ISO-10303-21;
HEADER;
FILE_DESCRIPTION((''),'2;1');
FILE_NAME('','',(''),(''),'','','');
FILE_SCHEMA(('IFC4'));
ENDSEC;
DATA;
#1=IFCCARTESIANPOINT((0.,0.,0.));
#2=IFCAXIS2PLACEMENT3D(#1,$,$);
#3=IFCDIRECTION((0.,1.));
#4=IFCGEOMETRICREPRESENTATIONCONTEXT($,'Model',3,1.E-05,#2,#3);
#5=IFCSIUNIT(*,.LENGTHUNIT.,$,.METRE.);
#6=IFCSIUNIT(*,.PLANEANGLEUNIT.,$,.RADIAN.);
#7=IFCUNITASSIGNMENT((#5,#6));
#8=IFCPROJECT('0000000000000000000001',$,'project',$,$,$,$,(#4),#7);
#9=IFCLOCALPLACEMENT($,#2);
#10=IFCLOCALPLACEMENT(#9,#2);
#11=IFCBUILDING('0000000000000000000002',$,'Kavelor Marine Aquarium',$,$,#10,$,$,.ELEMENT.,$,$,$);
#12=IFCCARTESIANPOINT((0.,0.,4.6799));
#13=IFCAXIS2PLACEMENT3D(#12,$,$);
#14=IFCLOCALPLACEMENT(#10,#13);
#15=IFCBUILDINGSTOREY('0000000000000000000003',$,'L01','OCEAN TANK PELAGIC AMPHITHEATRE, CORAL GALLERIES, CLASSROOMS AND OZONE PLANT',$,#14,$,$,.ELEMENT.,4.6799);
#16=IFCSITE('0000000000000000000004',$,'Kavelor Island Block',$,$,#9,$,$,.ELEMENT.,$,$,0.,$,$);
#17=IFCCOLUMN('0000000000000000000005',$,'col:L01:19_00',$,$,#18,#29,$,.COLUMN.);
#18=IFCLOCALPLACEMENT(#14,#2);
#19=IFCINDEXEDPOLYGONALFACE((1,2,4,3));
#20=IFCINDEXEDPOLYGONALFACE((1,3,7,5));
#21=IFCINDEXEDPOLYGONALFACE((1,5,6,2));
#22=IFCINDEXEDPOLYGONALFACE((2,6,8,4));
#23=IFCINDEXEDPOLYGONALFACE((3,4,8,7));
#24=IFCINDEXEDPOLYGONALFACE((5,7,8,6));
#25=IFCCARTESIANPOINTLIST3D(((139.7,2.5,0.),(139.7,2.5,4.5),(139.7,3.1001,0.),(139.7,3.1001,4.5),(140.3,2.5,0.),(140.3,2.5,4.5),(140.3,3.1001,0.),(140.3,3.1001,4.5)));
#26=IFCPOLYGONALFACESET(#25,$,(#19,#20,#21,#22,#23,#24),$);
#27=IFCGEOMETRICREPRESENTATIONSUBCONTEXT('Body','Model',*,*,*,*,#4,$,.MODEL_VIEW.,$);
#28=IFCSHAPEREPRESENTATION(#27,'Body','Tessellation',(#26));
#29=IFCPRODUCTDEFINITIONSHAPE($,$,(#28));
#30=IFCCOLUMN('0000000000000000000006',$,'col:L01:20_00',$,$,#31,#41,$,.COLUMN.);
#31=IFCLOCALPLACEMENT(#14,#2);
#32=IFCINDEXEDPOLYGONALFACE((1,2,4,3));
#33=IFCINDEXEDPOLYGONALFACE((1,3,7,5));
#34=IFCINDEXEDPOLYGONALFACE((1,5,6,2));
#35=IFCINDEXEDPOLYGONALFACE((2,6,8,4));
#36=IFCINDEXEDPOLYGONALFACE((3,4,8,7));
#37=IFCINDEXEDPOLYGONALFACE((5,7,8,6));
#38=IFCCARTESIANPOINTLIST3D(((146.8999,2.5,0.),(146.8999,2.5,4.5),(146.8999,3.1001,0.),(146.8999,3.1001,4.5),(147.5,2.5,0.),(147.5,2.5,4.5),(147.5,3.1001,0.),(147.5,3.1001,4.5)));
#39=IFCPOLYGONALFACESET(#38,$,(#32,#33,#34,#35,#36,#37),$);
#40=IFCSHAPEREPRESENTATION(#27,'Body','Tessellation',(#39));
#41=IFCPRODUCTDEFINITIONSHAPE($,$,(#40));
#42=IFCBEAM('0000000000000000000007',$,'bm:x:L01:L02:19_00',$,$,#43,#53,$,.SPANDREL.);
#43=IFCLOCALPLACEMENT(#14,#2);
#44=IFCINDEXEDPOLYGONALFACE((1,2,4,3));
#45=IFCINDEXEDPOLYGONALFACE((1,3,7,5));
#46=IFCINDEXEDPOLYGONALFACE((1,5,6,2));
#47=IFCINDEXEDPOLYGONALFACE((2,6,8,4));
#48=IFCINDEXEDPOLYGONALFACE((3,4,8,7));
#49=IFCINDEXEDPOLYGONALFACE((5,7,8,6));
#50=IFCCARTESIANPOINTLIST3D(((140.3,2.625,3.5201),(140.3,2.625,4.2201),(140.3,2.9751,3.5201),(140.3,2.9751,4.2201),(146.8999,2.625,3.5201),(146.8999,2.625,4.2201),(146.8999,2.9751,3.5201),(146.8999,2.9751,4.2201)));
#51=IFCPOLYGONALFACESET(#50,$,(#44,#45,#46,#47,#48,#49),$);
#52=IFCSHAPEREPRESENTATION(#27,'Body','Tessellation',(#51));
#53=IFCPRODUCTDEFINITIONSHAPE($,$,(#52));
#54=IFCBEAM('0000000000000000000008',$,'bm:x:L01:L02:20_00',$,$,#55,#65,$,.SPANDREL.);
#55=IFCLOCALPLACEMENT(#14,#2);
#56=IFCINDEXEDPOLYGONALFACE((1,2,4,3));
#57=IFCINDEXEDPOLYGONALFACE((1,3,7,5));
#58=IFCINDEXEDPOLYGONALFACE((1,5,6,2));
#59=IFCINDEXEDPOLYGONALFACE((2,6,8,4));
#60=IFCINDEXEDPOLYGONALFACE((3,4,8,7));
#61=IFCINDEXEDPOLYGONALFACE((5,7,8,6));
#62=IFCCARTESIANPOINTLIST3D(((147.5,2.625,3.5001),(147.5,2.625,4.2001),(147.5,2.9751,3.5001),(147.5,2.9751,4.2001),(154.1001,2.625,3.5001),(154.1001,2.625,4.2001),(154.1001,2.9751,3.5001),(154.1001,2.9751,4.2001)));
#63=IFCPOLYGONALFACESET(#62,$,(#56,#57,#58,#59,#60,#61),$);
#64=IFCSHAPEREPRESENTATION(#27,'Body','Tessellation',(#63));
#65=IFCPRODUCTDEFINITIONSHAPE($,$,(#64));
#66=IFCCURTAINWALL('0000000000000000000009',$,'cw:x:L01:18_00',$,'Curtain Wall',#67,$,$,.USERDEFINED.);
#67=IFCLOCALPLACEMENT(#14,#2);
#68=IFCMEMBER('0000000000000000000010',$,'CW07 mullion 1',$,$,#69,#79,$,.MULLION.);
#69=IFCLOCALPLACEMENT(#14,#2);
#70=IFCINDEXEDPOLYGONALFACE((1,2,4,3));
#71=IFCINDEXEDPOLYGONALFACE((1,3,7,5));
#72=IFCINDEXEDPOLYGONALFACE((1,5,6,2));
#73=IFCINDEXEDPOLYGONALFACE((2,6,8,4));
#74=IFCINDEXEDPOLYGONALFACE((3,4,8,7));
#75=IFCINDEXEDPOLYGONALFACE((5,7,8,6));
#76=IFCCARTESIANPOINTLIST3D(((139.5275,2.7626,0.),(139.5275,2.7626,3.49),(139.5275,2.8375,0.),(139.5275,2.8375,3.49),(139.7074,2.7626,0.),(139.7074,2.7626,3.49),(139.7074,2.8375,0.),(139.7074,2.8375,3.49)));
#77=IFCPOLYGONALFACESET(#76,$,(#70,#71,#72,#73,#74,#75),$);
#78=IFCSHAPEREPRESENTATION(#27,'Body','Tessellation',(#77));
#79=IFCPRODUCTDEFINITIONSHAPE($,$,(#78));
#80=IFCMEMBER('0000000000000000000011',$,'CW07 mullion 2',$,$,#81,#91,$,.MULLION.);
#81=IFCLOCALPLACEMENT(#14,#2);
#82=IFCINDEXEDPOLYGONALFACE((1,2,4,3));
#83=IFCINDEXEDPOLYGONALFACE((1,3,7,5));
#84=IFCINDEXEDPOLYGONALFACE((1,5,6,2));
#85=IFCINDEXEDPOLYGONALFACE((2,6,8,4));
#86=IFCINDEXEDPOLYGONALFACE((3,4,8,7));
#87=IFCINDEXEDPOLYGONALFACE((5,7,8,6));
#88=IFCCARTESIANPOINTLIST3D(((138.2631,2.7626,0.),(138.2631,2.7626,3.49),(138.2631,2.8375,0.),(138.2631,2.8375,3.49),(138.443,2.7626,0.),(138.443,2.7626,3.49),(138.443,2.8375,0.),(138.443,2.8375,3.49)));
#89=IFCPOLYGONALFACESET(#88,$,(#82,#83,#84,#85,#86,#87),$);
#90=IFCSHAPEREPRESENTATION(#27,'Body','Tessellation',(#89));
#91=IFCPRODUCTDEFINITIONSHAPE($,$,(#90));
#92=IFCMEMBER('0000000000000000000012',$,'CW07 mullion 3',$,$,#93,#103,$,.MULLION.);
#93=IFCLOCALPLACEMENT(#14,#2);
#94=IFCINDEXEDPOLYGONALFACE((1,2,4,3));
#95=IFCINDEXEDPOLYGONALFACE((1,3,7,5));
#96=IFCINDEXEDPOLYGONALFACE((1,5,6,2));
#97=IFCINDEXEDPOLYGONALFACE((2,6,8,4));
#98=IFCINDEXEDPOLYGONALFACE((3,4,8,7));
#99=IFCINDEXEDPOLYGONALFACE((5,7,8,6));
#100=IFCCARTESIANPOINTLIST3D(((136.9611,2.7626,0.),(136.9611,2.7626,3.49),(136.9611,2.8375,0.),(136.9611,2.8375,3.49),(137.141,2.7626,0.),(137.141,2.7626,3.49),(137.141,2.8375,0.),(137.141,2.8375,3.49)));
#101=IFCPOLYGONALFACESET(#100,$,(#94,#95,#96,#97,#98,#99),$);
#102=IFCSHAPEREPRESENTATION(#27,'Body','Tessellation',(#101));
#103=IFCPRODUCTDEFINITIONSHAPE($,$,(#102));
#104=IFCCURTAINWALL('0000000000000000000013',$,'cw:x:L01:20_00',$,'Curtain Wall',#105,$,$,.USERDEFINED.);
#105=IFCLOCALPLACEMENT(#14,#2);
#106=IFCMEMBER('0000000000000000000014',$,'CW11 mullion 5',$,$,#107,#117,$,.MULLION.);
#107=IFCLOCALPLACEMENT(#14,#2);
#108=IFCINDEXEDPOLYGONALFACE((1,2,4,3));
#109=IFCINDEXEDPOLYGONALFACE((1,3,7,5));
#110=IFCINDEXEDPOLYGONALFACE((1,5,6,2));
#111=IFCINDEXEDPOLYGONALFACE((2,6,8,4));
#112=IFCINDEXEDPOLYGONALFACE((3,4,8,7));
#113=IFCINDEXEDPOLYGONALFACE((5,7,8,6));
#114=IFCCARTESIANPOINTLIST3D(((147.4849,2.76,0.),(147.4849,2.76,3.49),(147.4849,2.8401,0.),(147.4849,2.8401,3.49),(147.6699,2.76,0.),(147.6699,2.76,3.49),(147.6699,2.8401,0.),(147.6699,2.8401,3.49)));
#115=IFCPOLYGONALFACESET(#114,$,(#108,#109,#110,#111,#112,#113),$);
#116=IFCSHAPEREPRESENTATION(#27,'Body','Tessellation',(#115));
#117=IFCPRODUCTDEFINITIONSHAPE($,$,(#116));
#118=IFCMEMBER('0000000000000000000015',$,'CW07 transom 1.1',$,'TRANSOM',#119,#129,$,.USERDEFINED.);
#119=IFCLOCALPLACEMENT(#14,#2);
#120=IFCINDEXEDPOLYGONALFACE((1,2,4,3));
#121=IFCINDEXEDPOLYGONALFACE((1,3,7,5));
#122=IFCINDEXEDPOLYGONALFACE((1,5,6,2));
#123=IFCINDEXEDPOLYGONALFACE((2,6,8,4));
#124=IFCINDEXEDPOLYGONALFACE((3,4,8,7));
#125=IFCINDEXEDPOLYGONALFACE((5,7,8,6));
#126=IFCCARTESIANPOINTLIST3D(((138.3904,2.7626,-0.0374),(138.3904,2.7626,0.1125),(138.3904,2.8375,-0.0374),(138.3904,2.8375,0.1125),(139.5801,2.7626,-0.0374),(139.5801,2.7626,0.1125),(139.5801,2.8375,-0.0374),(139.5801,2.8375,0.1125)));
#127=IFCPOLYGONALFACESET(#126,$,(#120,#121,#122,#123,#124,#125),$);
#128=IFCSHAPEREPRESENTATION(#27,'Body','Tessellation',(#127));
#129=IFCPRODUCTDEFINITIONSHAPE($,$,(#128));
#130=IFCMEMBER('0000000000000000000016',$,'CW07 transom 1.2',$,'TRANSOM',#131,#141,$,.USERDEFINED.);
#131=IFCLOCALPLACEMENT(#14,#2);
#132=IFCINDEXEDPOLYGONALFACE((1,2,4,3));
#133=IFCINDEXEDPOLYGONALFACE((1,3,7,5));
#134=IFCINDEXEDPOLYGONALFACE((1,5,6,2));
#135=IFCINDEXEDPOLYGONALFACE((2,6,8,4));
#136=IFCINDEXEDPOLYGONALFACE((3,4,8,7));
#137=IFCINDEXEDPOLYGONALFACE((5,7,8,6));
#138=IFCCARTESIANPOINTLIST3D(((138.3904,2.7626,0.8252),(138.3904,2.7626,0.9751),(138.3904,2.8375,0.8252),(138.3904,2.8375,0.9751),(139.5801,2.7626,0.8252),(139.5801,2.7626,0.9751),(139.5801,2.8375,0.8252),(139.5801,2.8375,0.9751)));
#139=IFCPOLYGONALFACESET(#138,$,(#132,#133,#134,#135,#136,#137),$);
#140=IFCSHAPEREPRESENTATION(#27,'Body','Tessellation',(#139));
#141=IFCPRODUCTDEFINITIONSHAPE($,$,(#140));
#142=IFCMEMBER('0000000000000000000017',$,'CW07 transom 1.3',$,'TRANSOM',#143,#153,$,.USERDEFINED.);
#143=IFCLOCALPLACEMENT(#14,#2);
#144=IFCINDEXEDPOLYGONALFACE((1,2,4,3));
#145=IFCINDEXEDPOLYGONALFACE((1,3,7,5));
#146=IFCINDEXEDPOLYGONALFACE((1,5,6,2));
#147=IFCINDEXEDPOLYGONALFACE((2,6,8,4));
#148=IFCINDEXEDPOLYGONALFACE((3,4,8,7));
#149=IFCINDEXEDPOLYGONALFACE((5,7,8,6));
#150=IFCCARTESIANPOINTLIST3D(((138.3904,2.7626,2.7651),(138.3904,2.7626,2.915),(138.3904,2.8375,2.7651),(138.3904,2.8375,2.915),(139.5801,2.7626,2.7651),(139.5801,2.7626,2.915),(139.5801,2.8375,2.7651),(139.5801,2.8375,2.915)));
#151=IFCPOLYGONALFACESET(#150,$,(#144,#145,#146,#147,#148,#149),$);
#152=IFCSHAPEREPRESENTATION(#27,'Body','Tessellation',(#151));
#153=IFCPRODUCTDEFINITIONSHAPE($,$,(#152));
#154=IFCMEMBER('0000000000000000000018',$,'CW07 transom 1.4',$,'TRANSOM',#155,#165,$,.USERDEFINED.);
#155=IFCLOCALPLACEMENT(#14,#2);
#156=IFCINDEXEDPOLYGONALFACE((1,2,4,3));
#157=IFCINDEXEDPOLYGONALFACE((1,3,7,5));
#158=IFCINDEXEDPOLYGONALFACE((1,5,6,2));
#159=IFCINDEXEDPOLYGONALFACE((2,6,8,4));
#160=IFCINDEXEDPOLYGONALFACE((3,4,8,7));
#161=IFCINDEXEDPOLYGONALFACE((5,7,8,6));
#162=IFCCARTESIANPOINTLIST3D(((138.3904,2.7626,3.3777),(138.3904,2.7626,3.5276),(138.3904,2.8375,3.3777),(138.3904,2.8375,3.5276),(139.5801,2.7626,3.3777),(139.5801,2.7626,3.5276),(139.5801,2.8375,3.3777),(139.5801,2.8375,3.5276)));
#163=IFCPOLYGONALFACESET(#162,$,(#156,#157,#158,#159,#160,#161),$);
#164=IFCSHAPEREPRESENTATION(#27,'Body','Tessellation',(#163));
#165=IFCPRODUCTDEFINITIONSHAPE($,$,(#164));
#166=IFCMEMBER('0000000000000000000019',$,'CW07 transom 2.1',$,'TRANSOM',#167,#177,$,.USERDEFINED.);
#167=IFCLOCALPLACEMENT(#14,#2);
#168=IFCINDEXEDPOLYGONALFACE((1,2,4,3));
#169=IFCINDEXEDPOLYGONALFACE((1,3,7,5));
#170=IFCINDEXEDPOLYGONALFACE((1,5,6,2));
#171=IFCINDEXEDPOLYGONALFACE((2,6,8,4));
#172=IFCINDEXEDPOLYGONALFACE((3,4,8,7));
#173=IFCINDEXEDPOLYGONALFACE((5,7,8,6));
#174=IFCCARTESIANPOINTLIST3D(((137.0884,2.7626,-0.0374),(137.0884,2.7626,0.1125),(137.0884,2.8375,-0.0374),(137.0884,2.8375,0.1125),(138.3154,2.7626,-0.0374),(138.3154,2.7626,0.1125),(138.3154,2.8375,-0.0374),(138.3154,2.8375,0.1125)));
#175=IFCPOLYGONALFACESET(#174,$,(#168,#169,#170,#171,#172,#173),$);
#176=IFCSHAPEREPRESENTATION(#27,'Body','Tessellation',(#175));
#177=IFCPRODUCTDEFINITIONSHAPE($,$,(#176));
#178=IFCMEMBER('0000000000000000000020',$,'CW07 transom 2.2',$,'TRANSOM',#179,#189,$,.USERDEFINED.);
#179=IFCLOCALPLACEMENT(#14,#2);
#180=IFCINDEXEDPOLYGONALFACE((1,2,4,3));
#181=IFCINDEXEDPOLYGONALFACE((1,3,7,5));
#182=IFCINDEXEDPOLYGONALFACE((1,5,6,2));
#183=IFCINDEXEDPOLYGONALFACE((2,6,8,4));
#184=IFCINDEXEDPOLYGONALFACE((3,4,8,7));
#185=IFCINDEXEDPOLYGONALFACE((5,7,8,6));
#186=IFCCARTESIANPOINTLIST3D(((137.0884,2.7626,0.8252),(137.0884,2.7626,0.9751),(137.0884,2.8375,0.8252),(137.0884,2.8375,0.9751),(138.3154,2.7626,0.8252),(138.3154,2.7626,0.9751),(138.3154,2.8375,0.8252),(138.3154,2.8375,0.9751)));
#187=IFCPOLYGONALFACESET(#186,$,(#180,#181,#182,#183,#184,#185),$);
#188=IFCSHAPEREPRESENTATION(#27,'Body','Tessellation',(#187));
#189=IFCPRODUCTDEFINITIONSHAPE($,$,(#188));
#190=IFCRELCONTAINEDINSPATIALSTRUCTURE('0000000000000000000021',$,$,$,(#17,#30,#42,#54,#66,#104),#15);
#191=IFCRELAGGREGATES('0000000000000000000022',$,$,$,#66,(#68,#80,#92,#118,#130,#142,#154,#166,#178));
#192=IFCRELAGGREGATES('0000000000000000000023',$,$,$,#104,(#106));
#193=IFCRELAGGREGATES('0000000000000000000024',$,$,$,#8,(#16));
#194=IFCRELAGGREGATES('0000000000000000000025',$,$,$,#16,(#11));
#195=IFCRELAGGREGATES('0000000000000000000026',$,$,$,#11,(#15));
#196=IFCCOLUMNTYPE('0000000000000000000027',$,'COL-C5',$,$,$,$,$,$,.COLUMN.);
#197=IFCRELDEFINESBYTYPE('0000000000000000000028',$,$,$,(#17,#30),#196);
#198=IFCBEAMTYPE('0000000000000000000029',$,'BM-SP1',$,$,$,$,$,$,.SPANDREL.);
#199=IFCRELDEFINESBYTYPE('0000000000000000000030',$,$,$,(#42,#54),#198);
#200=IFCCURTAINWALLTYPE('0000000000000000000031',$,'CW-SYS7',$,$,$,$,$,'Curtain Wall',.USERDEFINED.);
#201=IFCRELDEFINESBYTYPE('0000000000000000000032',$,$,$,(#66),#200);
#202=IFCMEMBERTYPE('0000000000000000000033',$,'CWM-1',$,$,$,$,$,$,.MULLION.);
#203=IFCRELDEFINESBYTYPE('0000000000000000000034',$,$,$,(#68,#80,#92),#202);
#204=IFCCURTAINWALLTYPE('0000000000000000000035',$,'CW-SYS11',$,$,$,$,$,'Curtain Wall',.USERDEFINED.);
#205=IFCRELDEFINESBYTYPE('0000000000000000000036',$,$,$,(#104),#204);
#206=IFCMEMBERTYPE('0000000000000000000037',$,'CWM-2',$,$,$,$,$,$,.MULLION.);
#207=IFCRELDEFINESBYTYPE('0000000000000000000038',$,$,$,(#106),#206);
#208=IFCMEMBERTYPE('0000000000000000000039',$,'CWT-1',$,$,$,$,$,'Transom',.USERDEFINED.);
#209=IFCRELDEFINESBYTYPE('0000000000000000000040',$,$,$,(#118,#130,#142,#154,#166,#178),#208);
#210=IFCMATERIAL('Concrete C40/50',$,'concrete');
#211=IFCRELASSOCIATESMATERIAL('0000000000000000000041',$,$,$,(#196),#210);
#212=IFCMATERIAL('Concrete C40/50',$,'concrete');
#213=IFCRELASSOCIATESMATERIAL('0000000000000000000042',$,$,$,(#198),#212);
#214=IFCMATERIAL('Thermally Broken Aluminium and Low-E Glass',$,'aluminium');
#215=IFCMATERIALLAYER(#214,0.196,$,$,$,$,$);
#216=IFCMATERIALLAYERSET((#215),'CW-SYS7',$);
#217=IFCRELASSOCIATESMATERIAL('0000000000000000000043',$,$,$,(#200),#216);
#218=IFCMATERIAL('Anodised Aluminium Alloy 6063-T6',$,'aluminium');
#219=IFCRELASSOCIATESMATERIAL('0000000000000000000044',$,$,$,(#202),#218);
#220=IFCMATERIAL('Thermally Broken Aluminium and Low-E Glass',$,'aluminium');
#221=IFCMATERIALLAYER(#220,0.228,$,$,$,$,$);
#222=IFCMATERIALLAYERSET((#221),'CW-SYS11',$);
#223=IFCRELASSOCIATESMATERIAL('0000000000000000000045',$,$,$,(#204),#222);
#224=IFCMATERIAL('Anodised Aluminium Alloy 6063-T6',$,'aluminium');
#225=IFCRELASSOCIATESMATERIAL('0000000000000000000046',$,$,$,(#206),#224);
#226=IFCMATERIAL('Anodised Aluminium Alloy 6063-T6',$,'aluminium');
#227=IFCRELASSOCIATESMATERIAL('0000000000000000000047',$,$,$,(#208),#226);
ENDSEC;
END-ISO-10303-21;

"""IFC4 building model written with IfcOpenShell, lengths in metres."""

from ifc_helpers import new_model, si_unit, direction, frame, origin, origin_2d, place, context, subcontext, project, spatial, rectangle, extrude, material, layer, layer_set, material_profile, profile_set, type_object, element, aggregate, save


model = new_model("IFC4")

# Units and contexts
model_context = context("Model", 3, precision=1e-05, world=origin(), true_north=direction((0.0, 1.0)))
body_context = subcontext(model_context, "Body", "Model", "MODEL_VIEW")
ifc_project = project(units=[si_unit("LENGTHUNIT", "METRE"), si_unit("PLANEANGLEUNIT", "RADIAN")], contexts=[model_context])

# Site, building, storey
site_placement = place(None, origin())
site = spatial("IfcSite", under=ifc_project, at=site_placement, Name="Kavelor Island Block", CompositionType="ELEMENT", RefElevation=0.0)
building_placement = place(site_placement, origin())
building = spatial("IfcBuilding", under=site, at=building_placement, Name="Kavelor Marine Aquarium", CompositionType="ELEMENT")
storey_placement = place(building_placement, frame((0.0, 0.0, 4.6799)))
storey = spatial("IfcBuildingStorey", under=building, at=storey_placement, Name="L01", Description="OCEAN TANK PELAGIC AMPHITHEATRE, CORAL GALLERIES, CLASSROOMS AND OZONE PLANT", CompositionType="ELEMENT", Elevation=4.6799)

# Columns
ifc_material_1 = material(Name="Concrete C40/50", Category="concrete")
ifc_material_profile_1 = material_profile(ifc_material_1, rectangle(XDim=0.6001, YDim=0.6001, at=origin_2d()), Name="RC-COL 600x600")
ifc_profile_set_1 = profile_set([ifc_material_profile_1], Name="Concrete C40/50")
column_type = type_object("IfcColumnType", Name="COL-C5", PredefinedType="COLUMN", material=ifc_profile_set_1)
for number, where, z_axis, x_axis, name in (
    (1, (140.0, 2.8, 0.0), (0.0, 0.0, 1.0), (1.0, 0.0, 0.0), "col:L01:19_00"),
    (2, (147.2, 2.8, 0.0), (0.0, 0.0, 1.0), (1.0, 0.0, 0.0), "col:L01:20_00"),
):
    element("IfcColumn", number, at=place(storey_placement, frame(where, z_axis=z_axis, x_axis=x_axis)), inside=storey, type_object=column_type, Name=name, PredefinedType="COLUMN", context=body_context, shape_type="SweptSolid", body=[
        extrude(rectangle(XDim=0.6001, YDim=0.6001, at=origin_2d()), origin(), (0.0, 0.0, 1.0), 4.5),
    ])

# Beams
ifc_material_2 = material(Name="Concrete C40/50", Category="concrete")
ifc_material_profile_2 = material_profile(ifc_material_2, rectangle(XDim=0.3501, YDim=0.7, at=origin_2d()), Name="RC-SP 350x700")
ifc_profile_set_2 = profile_set([ifc_material_profile_2], Name="Concrete C40/50")
beam_type = type_object("IfcBeamType", Name="BM-SP1", PredefinedType="SPANDREL", material=ifc_profile_set_2)
beam_1_placement = place(storey_placement, frame((140.3, 2.8, 3.8701), z_axis=(1.0, 0.0, 0.0), x_axis=(0.0, 1.0, 0.0)))
element("IfcBeam", 3, at=beam_1_placement, inside=storey, type_object=beam_type, Name="bm:x:L01:L02:19_00", PredefinedType="SPANDREL", context=body_context, shape_type="SweptSolid", body=[
    extrude(rectangle(XDim=0.3501, YDim=0.7, at=origin_2d()), origin(), (0.0, 0.0, 1.0), 6.5999),
])
beam_2_placement = place(storey_placement, frame((147.5, 2.8, 3.8501), z_axis=(1.0, 0.0, 0.0), x_axis=(0.0, 1.0, 0.0)))
element("IfcBeam", 4, at=beam_2_placement, inside=storey, type_object=beam_type, Name="bm:x:L01:L02:20_00", PredefinedType="SPANDREL", context=body_context, shape_type="SweptSolid", body=[
    extrude(rectangle(XDim=0.3501, YDim=0.7, at=origin_2d()), origin(), (0.0, 0.0, 1.0), 6.6001),
])

# Curtain wall, members
ifc_material_3 = material(Name="Thermally Broken Aluminium and Low-E Glass", Category="aluminium")
ifc_layer_1 = layer(ifc_material_3, 0.196)
ifc_layer_set_1 = layer_set([ifc_layer_1], Name="CW-SYS7")
curtain_wall_type_1 = type_object("IfcCurtainWallType", Name="CW-SYS7", ElementType="Curtain Wall", PredefinedType="USERDEFINED", material=ifc_layer_set_1)
curtain_wall_1_placement = place(storey_placement, origin())
curtain_wall_1 = element("IfcCurtainWall", 5, at=curtain_wall_1_placement, inside=storey, type_object=curtain_wall_type_1, Name="cw:x:L01:18_00", ObjectType="Curtain Wall", PredefinedType="USERDEFINED")
ifc_material_4 = material(Name="Anodised Aluminium Alloy 6063-T6", Category="aluminium")
ifc_material_profile_3 = material_profile(ifc_material_4, rectangle(XDim=0.075, YDim=0.1799, at=origin_2d()), Name="CW-MUL 75x180")
ifc_profile_set_3 = profile_set([ifc_material_profile_3], Name="Anodised Aluminium Alloy 6063-T6")
member_type_1 = type_object("IfcMemberType", Name="CWM-1", PredefinedType="MULLION", material=ifc_profile_set_3)
member_1_placement = place(storey_placement, frame((139.6174, 2.8, 0.0), z_axis=(0.0, 0.0, 1.0), x_axis=(0.0, -1.0, 0.0)))
member_1 = element("IfcMember", 6, at=member_1_placement, type_object=member_type_1, Name="CW07 mullion 1", PredefinedType="MULLION", context=body_context, shape_type="SweptSolid", body=[
    extrude(rectangle(XDim=0.075, YDim=0.1799, at=origin_2d()), origin(), (0.0, 0.0, 1.0), 3.49),
])
member_2_placement = place(storey_placement, frame((138.353, 2.8, 0.0), z_axis=(0.0, 0.0, 1.0), x_axis=(0.0, -1.0, 0.0)))
member_2 = element("IfcMember", 7, at=member_2_placement, type_object=member_type_1, Name="CW07 mullion 2", PredefinedType="MULLION", context=body_context, shape_type="SweptSolid", body=[
    extrude(rectangle(XDim=0.075, YDim=0.1799, at=origin_2d()), origin(), (0.0, 0.0, 1.0), 3.49),
])
member_3_placement = place(storey_placement, frame((137.051, 2.8, 0.0), z_axis=(0.0, 0.0, 1.0), x_axis=(0.0, -1.0, 0.0)))
member_3 = element("IfcMember", 8, at=member_3_placement, type_object=member_type_1, Name="CW07 mullion 3", PredefinedType="MULLION", context=body_context, shape_type="SweptSolid", body=[
    extrude(rectangle(XDim=0.075, YDim=0.1799, at=origin_2d()), origin(), (0.0, 0.0, 1.0), 3.49),
])

# Curtain wall, member
ifc_material_5 = material(Name="Thermally Broken Aluminium and Low-E Glass", Category="aluminium")
ifc_layer_2 = layer(ifc_material_5, 0.228)
ifc_layer_set_2 = layer_set([ifc_layer_2], Name="CW-SYS11")
curtain_wall_type_2 = type_object("IfcCurtainWallType", Name="CW-SYS11", ElementType="Curtain Wall", PredefinedType="USERDEFINED", material=ifc_layer_set_2)
curtain_wall_2_placement = place(storey_placement, origin())
curtain_wall_2 = element("IfcCurtainWall", 9, at=curtain_wall_2_placement, inside=storey, type_object=curtain_wall_type_2, Name="cw:x:L01:20_00", ObjectType="Curtain Wall", PredefinedType="USERDEFINED")
ifc_material_6 = material(Name="Anodised Aluminium Alloy 6063-T6", Category="aluminium")
ifc_material_profile_4 = material_profile(ifc_material_6, rectangle(XDim=0.0801, YDim=0.1851, at=origin_2d()), Name="CW-MUL 80x185")
ifc_profile_set_4 = profile_set([ifc_material_profile_4], Name="Anodised Aluminium Alloy 6063-T6")
member_type_2 = type_object("IfcMemberType", Name="CWM-2", PredefinedType="MULLION", material=ifc_profile_set_4)
member_4_placement = place(storey_placement, frame((147.5774, 2.8, 0.0), z_axis=(0.0, 0.0, 1.0), x_axis=(0.0, -1.0, 0.0)))
member_4 = element("IfcMember", 10, at=member_4_placement, type_object=member_type_2, Name="CW11 mullion 5", PredefinedType="MULLION", context=body_context, shape_type="SweptSolid", body=[
    extrude(rectangle(XDim=0.0801, YDim=0.1851, at=origin_2d()), origin(), (0.0, 0.0, 1.0), 3.49),
])

# Members
ifc_material_7 = material(Name="Anodised Aluminium Alloy 6063-T6", Category="aluminium")
ifc_material_profile_5 = material_profile(ifc_material_7, rectangle(XDim=0.075, YDim=0.1499, at=origin_2d()), Name="CW-TRN 75x150")
ifc_profile_set_5 = profile_set([ifc_material_profile_5], Name="Anodised Aluminium Alloy 6063-T6")
member_type_3 = type_object("IfcMemberType", Name="CWT-1", ElementType="Transom", PredefinedType="USERDEFINED", material=ifc_profile_set_5)
member_5_placement = place(storey_placement, frame((139.5801, 2.8, 0.0376), z_axis=(-1.0, 0.0, 0.0), x_axis=(0.0, -1.0, 0.0)))
member_5 = element("IfcMember", 11, at=member_5_placement, type_object=member_type_3, Name="CW07 transom 1.1", ObjectType="TRANSOM", PredefinedType="USERDEFINED", context=body_context, shape_type="SweptSolid", body=[
    extrude(rectangle(XDim=0.075, YDim=0.1499, at=origin_2d()), origin(), (0.0, 0.0, 1.0), 1.1897),
])
member_6_placement = place(storey_placement, frame((139.5801, 2.8, 0.9001), z_axis=(-1.0, 0.0, 0.0), x_axis=(0.0, -1.0, 0.0)))
member_6 = element("IfcMember", 12, at=member_6_placement, type_object=member_type_3, Name="CW07 transom 1.2", ObjectType="TRANSOM", PredefinedType="USERDEFINED", context=body_context, shape_type="SweptSolid", body=[
    extrude(rectangle(XDim=0.075, YDim=0.1499, at=origin_2d()), origin(), (0.0, 0.0, 1.0), 1.1897),
])
member_7_placement = place(storey_placement, frame((139.5801, 2.8, 2.8401), z_axis=(-1.0, 0.0, 0.0), x_axis=(0.0, -1.0, 0.0)))
member_7 = element("IfcMember", 13, at=member_7_placement, type_object=member_type_3, Name="CW07 transom 1.3", ObjectType="TRANSOM", PredefinedType="USERDEFINED", context=body_context, shape_type="SweptSolid", body=[
    extrude(rectangle(XDim=0.075, YDim=0.1499, at=origin_2d()), origin(), (0.0, 0.0, 1.0), 1.1897),
])
member_8_placement = place(storey_placement, frame((139.5801, 2.8, 3.4526), z_axis=(-1.0, 0.0, 0.0), x_axis=(0.0, -1.0, 0.0)))
member_8 = element("IfcMember", 14, at=member_8_placement, type_object=member_type_3, Name="CW07 transom 1.4", ObjectType="TRANSOM", PredefinedType="USERDEFINED", context=body_context, shape_type="SweptSolid", body=[
    extrude(rectangle(XDim=0.075, YDim=0.1499, at=origin_2d()), origin(), (0.0, 0.0, 1.0), 1.1897),
])
member_9_placement = place(storey_placement, frame((138.3154, 2.8, 0.0376), z_axis=(-1.0, 0.0, 0.0), x_axis=(0.0, -1.0, 0.0)))
member_9 = element("IfcMember", 15, at=member_9_placement, type_object=member_type_3, Name="CW07 transom 2.1", ObjectType="TRANSOM", PredefinedType="USERDEFINED", context=body_context, shape_type="SweptSolid", body=[
    extrude(rectangle(XDim=0.075, YDim=0.1499, at=origin_2d()), origin(), (0.0, 0.0, 1.0), 1.2271),
])
member_10_placement = place(storey_placement, frame((138.3154, 2.8, 0.9001), z_axis=(-1.0, 0.0, 0.0), x_axis=(0.0, -1.0, 0.0)))
member_10 = element("IfcMember", 16, at=member_10_placement, type_object=member_type_3, Name="CW07 transom 2.2", ObjectType="TRANSOM", PredefinedType="USERDEFINED", context=body_context, shape_type="SweptSolid", body=[
    extrude(rectangle(XDim=0.075, YDim=0.1499, at=origin_2d()), origin(), (0.0, 0.0, 1.0), 1.2271),
])

aggregate(curtain_wall_1, [member_1, member_2, member_3, member_5, member_6, member_7, member_8, member_9, member_10])
aggregate(curtain_wall_2, [member_4])

save(model, "model.ifc")
